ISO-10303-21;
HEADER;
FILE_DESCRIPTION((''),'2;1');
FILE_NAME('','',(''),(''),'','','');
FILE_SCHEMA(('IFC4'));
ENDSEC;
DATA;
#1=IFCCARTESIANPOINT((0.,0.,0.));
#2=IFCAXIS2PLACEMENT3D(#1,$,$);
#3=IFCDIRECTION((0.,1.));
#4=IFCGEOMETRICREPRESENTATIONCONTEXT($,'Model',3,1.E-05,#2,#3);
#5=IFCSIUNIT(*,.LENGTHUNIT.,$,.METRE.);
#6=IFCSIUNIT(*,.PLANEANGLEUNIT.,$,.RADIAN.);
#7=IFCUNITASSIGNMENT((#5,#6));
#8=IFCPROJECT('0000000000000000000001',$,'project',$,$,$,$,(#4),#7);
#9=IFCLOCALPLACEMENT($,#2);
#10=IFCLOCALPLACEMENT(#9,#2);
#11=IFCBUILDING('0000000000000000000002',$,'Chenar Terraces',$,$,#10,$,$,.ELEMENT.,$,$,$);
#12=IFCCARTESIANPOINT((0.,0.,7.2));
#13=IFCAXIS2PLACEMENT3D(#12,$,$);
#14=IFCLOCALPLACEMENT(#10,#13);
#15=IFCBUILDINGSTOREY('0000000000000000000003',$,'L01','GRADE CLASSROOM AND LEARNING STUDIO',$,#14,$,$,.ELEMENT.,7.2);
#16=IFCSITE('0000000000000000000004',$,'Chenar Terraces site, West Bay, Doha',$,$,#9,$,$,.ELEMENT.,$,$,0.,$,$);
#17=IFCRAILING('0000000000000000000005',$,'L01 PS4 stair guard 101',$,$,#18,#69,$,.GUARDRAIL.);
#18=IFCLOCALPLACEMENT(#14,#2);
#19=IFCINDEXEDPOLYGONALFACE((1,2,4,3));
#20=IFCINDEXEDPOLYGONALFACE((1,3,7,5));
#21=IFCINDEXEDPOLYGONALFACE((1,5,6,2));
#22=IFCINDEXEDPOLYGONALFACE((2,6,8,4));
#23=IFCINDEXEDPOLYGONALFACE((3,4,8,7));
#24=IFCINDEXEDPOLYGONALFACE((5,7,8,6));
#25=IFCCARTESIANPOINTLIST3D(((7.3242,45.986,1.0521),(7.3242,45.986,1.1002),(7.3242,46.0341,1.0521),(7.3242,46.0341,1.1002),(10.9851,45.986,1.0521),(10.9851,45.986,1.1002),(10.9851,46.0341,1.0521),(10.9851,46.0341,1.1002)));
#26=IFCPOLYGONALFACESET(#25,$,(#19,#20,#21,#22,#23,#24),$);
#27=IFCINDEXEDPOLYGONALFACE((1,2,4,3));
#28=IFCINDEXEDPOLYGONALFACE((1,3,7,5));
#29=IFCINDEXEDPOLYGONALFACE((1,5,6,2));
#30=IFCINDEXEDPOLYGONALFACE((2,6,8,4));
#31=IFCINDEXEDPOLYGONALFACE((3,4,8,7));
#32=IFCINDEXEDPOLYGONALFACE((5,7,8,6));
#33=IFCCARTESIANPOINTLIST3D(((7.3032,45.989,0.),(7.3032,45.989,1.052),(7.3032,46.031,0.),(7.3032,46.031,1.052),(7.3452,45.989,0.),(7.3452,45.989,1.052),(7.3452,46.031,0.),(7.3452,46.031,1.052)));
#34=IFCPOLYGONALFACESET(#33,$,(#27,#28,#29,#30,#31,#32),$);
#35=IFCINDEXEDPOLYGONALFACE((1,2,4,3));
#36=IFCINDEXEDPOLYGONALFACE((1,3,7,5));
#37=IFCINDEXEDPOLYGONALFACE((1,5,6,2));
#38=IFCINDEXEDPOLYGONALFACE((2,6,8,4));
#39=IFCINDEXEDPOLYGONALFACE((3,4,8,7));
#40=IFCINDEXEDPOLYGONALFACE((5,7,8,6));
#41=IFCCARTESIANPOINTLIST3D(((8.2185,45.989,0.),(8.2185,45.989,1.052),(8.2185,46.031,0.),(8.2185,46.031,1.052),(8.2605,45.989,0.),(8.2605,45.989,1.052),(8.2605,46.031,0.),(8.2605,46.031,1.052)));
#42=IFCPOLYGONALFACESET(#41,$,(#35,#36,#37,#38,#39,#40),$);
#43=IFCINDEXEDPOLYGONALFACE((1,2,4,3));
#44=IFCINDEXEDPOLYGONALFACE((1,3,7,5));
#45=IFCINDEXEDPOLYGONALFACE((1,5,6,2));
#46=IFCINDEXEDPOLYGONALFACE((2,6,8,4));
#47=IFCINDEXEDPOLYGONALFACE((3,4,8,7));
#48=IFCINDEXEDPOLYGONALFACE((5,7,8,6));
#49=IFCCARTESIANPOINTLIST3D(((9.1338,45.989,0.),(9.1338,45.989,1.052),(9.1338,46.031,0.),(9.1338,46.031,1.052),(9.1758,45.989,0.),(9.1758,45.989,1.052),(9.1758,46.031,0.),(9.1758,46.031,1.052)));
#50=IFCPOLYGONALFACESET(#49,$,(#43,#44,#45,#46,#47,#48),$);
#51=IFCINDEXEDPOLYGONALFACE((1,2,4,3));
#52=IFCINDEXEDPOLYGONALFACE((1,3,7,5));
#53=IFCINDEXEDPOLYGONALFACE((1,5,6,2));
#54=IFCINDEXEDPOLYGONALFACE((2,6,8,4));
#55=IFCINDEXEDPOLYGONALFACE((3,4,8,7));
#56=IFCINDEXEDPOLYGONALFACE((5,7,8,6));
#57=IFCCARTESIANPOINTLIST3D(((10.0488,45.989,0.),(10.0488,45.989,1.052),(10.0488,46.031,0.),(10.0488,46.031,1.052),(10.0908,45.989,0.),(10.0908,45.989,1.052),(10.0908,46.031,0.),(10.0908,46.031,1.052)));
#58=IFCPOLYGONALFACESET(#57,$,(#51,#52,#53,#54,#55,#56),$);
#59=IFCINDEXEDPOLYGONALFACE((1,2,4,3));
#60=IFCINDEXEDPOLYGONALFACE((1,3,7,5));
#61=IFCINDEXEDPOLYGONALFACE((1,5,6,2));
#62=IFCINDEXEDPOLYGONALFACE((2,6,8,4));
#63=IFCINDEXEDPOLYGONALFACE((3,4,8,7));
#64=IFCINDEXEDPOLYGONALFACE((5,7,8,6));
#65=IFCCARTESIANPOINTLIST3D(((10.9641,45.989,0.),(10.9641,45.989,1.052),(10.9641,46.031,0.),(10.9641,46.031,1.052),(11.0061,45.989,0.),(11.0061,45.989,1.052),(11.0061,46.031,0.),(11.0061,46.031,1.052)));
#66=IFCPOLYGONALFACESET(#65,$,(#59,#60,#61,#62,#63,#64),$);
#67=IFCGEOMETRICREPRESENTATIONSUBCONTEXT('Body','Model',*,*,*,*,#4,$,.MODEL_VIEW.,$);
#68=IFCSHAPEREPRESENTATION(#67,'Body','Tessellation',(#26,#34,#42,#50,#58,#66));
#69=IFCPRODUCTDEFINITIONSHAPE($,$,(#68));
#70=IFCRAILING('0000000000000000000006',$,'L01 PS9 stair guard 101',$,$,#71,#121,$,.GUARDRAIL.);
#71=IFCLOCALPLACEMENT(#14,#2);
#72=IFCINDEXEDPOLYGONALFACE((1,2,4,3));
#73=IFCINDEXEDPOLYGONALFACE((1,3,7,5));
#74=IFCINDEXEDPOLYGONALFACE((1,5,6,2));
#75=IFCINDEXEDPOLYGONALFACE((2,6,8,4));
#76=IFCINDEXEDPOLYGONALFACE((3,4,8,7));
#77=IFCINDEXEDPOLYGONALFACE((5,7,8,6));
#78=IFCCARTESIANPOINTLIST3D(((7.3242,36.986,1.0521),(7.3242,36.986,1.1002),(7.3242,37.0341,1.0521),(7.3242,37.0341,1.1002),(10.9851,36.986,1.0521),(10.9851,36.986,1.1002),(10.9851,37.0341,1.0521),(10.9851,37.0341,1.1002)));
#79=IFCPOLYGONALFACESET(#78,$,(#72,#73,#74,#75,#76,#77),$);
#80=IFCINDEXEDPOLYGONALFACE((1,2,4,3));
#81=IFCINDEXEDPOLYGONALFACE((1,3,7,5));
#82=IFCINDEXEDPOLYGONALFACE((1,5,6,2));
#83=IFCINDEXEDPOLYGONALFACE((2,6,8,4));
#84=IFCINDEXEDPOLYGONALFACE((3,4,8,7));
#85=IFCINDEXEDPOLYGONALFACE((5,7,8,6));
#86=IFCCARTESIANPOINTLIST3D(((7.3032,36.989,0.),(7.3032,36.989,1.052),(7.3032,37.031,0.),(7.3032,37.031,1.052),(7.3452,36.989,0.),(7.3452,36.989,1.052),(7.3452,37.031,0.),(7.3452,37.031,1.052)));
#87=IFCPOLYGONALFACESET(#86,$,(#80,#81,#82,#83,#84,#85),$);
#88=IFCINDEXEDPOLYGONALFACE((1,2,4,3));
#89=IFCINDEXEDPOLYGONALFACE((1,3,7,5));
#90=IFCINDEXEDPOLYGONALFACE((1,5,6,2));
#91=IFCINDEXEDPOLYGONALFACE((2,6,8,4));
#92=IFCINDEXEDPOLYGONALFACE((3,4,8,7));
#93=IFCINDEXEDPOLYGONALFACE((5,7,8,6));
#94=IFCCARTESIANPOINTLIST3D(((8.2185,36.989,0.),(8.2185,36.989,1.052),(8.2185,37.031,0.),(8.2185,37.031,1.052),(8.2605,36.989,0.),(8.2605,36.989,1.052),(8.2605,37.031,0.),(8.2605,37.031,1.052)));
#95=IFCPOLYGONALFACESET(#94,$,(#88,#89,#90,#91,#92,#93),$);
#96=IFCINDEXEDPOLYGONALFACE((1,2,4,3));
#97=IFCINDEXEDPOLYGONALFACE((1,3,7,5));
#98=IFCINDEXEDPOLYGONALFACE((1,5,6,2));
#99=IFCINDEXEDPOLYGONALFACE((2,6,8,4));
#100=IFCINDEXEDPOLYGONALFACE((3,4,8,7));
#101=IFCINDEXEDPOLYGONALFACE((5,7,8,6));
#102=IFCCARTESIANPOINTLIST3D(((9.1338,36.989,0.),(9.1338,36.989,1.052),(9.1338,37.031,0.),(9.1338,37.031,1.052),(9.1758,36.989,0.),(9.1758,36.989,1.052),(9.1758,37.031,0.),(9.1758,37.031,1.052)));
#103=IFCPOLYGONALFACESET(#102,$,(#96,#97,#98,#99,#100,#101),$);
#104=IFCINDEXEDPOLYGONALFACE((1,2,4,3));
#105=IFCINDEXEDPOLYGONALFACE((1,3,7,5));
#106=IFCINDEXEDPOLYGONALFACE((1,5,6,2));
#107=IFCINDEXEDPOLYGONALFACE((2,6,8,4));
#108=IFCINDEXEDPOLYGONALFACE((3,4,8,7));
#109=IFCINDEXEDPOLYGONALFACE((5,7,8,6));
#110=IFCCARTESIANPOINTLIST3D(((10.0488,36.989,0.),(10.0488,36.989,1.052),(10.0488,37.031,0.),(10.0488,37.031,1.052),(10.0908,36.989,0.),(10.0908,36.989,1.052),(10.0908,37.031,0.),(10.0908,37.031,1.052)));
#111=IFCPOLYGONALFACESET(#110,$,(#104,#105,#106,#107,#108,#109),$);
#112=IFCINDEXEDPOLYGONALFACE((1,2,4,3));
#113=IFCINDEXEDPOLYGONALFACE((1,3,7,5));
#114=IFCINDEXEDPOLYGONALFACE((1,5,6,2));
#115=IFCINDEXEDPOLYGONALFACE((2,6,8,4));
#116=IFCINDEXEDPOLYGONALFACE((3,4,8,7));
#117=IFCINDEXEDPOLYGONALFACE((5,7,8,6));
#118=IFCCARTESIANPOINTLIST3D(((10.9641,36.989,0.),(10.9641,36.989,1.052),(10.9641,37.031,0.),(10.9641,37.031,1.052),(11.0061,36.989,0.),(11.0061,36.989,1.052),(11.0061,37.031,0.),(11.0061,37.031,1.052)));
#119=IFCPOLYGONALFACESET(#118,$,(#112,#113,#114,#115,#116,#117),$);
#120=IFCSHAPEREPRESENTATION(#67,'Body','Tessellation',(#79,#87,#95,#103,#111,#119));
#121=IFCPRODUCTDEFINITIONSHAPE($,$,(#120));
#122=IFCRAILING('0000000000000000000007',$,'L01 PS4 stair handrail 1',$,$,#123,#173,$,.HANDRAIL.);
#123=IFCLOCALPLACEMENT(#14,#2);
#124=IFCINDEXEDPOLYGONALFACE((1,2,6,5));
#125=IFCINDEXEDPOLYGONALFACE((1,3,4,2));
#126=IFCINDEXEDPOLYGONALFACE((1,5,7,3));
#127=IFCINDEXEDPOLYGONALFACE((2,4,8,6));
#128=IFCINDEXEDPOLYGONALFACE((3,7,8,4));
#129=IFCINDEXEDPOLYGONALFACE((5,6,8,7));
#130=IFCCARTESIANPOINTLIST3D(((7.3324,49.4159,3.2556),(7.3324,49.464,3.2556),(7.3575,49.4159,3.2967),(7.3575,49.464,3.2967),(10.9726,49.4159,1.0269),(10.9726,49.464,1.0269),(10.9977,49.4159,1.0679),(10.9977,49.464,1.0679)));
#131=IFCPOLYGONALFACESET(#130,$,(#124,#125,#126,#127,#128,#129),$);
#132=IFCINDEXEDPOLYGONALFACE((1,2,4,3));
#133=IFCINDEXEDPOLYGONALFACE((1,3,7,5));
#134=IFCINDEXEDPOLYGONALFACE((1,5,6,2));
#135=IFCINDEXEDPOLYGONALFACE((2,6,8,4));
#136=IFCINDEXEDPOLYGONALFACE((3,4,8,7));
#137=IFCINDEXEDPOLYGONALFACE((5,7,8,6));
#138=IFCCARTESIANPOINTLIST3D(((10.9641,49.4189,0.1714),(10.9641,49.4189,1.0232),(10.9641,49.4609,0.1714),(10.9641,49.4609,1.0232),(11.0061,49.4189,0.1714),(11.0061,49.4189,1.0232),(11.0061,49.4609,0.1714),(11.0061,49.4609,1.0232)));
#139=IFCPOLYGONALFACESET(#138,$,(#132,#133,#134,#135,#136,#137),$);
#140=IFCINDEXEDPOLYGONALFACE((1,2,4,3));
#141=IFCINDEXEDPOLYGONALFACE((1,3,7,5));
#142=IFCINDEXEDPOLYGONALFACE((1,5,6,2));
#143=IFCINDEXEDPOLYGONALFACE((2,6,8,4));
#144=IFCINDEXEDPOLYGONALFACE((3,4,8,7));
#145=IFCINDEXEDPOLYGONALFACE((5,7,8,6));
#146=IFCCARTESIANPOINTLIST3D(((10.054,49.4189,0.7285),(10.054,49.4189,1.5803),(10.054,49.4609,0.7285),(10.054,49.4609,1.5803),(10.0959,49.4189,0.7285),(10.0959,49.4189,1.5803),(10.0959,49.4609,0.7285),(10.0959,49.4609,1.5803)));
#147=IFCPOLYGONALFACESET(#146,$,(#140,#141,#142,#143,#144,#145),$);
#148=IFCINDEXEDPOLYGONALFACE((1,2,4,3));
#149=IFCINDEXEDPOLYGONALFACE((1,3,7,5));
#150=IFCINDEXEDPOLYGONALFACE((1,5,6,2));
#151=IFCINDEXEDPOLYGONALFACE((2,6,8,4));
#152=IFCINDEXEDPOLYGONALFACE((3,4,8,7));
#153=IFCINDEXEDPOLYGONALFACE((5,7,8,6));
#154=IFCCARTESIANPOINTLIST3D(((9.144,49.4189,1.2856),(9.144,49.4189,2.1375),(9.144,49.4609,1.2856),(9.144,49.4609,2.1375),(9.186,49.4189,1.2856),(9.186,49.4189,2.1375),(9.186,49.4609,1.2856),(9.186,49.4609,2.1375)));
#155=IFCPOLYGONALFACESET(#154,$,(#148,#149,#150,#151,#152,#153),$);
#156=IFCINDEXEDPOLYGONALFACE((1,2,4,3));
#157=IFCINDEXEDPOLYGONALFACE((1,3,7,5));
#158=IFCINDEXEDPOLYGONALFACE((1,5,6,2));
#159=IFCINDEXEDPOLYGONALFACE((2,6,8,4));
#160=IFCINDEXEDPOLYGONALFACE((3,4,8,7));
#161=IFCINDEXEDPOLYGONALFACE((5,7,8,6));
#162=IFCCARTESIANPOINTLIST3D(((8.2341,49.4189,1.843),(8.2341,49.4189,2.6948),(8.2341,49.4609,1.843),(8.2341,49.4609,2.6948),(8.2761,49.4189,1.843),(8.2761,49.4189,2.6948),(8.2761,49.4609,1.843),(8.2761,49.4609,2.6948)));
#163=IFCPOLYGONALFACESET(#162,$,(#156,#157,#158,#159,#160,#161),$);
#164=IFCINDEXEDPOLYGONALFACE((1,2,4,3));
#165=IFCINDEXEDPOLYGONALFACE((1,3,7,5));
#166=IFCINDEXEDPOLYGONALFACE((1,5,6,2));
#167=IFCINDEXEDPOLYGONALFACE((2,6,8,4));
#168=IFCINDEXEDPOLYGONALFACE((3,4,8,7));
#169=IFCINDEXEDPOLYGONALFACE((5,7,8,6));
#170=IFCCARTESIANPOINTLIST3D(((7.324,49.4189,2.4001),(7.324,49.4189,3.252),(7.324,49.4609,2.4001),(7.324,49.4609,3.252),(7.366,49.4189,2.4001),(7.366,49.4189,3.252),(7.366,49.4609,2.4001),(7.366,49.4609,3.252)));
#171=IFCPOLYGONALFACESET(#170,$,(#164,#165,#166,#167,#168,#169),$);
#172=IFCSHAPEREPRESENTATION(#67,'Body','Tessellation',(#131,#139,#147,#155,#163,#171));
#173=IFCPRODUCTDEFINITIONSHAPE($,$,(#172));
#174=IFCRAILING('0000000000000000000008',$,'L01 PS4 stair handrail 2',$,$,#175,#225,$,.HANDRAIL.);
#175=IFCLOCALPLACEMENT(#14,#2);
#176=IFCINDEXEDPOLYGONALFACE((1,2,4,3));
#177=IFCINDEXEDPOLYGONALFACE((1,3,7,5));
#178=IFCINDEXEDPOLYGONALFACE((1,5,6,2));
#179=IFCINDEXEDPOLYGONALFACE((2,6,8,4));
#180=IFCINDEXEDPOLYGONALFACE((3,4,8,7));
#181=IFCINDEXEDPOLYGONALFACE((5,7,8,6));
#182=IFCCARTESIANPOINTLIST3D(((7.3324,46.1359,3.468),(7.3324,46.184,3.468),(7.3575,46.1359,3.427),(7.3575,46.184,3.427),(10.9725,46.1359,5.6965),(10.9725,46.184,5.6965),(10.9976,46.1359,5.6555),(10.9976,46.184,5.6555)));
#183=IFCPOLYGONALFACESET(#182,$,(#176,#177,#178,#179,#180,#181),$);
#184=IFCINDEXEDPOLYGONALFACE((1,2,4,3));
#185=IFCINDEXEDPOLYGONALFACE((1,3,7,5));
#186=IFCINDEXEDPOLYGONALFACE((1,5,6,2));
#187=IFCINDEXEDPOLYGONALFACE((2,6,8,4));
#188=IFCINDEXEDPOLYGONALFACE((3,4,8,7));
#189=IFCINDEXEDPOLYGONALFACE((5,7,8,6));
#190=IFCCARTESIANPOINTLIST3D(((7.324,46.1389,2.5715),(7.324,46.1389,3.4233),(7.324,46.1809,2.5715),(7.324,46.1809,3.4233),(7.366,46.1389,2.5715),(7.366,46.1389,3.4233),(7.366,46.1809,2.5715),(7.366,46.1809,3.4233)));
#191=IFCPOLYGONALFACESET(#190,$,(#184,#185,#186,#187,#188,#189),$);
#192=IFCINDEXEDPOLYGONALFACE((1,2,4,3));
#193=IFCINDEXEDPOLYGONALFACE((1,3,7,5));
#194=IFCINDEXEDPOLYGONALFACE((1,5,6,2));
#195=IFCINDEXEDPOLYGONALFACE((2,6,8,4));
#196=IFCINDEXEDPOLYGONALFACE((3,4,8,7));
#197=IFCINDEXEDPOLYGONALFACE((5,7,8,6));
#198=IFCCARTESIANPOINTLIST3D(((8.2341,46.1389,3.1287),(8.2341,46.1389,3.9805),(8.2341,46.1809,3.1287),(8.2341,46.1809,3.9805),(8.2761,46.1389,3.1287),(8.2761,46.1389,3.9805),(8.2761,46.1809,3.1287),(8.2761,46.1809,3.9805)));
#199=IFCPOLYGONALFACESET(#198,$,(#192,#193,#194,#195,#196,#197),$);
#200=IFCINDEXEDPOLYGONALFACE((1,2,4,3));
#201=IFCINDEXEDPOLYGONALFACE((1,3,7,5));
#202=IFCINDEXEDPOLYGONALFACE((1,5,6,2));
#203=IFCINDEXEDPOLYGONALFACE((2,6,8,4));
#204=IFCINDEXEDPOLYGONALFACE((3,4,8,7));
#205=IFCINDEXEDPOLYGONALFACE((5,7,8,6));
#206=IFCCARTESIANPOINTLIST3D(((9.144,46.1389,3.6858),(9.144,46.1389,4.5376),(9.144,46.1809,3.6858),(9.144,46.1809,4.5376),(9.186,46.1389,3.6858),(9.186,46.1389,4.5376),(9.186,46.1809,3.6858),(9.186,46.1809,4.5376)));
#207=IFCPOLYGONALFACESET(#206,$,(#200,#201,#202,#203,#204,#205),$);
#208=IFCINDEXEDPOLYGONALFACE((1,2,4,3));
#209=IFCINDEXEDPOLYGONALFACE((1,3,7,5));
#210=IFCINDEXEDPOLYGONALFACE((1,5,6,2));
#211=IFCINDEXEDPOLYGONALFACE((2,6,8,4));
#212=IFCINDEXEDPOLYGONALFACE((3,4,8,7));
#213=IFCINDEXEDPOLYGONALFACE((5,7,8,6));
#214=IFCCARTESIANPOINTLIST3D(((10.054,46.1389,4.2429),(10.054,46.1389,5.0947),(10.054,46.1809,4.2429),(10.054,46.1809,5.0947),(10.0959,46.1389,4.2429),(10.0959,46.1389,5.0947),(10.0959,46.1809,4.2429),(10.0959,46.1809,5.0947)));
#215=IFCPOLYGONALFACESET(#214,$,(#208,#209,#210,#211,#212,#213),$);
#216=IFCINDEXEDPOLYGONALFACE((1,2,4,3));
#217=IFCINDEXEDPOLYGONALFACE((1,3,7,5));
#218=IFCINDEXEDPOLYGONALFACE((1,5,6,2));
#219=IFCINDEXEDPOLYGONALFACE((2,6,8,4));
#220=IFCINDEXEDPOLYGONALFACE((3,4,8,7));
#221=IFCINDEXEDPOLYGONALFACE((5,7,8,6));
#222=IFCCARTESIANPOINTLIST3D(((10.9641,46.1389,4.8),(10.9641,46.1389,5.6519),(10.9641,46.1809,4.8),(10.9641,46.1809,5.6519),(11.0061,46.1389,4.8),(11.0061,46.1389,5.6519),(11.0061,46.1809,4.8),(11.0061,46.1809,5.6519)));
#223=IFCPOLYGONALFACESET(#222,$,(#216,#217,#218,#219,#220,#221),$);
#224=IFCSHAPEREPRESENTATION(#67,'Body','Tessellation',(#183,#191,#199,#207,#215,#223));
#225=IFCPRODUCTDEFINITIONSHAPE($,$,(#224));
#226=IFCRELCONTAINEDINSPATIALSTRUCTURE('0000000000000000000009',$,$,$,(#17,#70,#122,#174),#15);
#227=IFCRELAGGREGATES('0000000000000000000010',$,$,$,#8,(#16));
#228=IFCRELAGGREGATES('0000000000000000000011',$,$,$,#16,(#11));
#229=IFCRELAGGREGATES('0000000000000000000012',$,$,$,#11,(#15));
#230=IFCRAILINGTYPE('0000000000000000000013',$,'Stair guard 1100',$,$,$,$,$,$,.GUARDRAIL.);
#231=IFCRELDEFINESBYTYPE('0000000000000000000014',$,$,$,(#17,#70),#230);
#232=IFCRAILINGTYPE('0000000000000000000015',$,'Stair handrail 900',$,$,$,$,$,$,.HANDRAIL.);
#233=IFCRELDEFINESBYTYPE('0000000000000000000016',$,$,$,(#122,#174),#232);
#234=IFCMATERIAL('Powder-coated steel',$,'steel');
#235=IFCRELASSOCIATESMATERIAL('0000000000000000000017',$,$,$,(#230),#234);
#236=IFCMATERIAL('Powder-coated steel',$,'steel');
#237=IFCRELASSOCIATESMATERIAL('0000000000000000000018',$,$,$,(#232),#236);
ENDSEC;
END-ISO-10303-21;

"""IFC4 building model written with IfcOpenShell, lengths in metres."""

from ifc_helpers import new_model, si_unit, direction, frame, origin, origin_2d, place, context, subcontext, project, spatial, rectangle, extrude, material, type_object, element, save


model = new_model("IFC4")

# Units and contexts
model_context = context("Model", 3, precision=1e-05, world=origin(), true_north=direction((0.0, 1.0)))
body_context = subcontext(model_context, "Body", "Model", "MODEL_VIEW")
ifc_project = project(units=[si_unit("LENGTHUNIT", "METRE"), si_unit("PLANEANGLEUNIT", "RADIAN")], contexts=[model_context])

# Site, building, storey
site_placement = place(None, origin())
site = spatial("IfcSite", under=ifc_project, at=site_placement, Name="Chenar Terraces site, West Bay, Doha", CompositionType="ELEMENT", RefElevation=0.0)
building_placement = place(site_placement, origin())
building = spatial("IfcBuilding", under=site, at=building_placement, Name="Chenar Terraces", CompositionType="ELEMENT")
storey_placement = place(building_placement, frame((0.0, 0.0, 7.2)))
storey = spatial("IfcBuildingStorey", under=building, at=storey_placement, Name="L01", Description="GRADE CLASSROOM AND LEARNING STUDIO", CompositionType="ELEMENT", Elevation=7.2)

# Railings
ifc_material_1 = material(Name="Powder-coated steel", Category="steel")
railing_type_1 = type_object("IfcRailingType", Name="Stair guard 1100", PredefinedType="GUARDRAIL", material=ifc_material_1)
for number, where, name in (
    (1, (7.3242, 46.01, 0.0), "L01 PS4 stair guard 101"),
    (2, (7.3242, 37.01, 0.0), "L01 PS9 stair guard 101"),
):
    element("IfcRailing", number, at=place(storey_placement, frame(where)), inside=storey, type_object=railing_type_1, Name=name, PredefinedType="GUARDRAIL", context=body_context, shape_type="SweptSolid", body=[
        extrude(rectangle(XDim=0.0481, YDim=0.0481, at=origin_2d()), frame((0.0, 0.0, 1.0762), z_axis=(1.0, 0.0, 0.0), x_axis=(0.0, 1.0, 0.0)), (0.0, 0.0, 1.0), 3.6609),
        extrude(rectangle(XDim=0.042, YDim=0.042, at=origin_2d()), origin(), (0.0, 0.0, 1.0), 1.052),
        extrude(rectangle(XDim=0.042, YDim=0.042, at=origin_2d()), frame((0.9153, 0.0, 0.0)), (0.0, 0.0, 1.0), 1.052),
        extrude(rectangle(XDim=0.042, YDim=0.042, at=origin_2d()), frame((1.8306, 0.0, 0.0)), (0.0, 0.0, 1.0), 1.052),
        extrude(rectangle(XDim=0.042, YDim=0.042, at=origin_2d()), frame((2.7456, 0.0, 0.0)), (0.0, 0.0, 1.0), 1.052),
        extrude(rectangle(XDim=0.042, YDim=0.042, at=origin_2d()), frame((3.6609, 0.0, 0.0)), (0.0, 0.0, 1.0), 1.052),
    ])
ifc_material_2 = material(Name="Powder-coated steel", Category="steel")
railing_type_2 = type_object("IfcRailingType", Name="Stair handrail 900", PredefinedType="HANDRAIL", material=ifc_material_2)
railing_1_placement = place(storey_placement, frame((10.9851, 49.4399, 0.1714)))
element("IfcRailing", 3, at=railing_1_placement, inside=storey, type_object=railing_type_2, Name="L01 PS4 stair handrail 1", PredefinedType="HANDRAIL", context=body_context, shape_type="SweptSolid", body=[
    extrude(rectangle(XDim=0.0481, YDim=0.0481, at=origin_2d()), frame((0.0, 0.0, 0.876), z_axis=(-0.85284, 0.0, 0.522172), x_axis=(0.0, -1.0, 0.0)), (0.0, 0.0, 1.0), 4.2683),
    extrude(rectangle(XDim=0.042, YDim=0.042, at=origin_2d()), origin(), (0.0, 0.0, 1.0), 0.8518),
    extrude(rectangle(XDim=0.042, YDim=0.042, at=origin_2d()), frame((-0.9102, 0.0, 0.5571)), (0.0, 0.0, 1.0), 0.8518),
    extrude(rectangle(XDim=0.042, YDim=0.042, at=origin_2d()), frame((-1.8201, 0.0, 1.1143)), (0.0, 0.0, 1.0), 0.8518),
    extrude(rectangle(XDim=0.042, YDim=0.042, at=origin_2d()), frame((-2.73, 0.0, 1.6716)), (0.0, 0.0, 1.0), 0.8518),
    extrude(rectangle(XDim=0.042, YDim=0.042, at=origin_2d()), frame((-3.6401, 0.0, 2.2288)), (0.0, 0.0, 1.0), 0.8518),
])
railing_2_placement = place(storey_placement, frame((7.345, 46.1599, 2.5715)))
element("IfcRailing", 4, at=railing_2_placement, inside=storey, type_object=railing_type_2, Name="L01 PS4 stair handrail 2", PredefinedType="HANDRAIL", context=body_context, shape_type="SweptSolid", body=[
    extrude(rectangle(XDim=0.0481, YDim=0.0481, at=origin_2d()), frame((0.0, 0.0, 0.876), z_axis=(0.852866, 0.0, 0.52213), x_axis=(0.0, 1.0, 0.0)), (0.0, 0.0, 1.0), 4.2681),
    extrude(rectangle(XDim=0.042, YDim=0.042, at=origin_2d()), origin(), (0.0, 0.0, 1.0), 0.8518),
    extrude(rectangle(XDim=0.042, YDim=0.042, at=origin_2d()), frame((0.9102, 0.0, 0.5571)), (0.0, 0.0, 1.0), 0.8518),
    extrude(rectangle(XDim=0.042, YDim=0.042, at=origin_2d()), frame((1.8201, 0.0, 1.1143)), (0.0, 0.0, 1.0), 0.8518),
    extrude(rectangle(XDim=0.042, YDim=0.042, at=origin_2d()), frame((2.73, 0.0, 1.6714)), (0.0, 0.0, 1.0), 0.8518),
    extrude(rectangle(XDim=0.042, YDim=0.042, at=origin_2d()), frame((3.6401, 0.0, 2.2285)), (0.0, 0.0, 1.0), 0.8518),
])

save(model, "model.ifc")
